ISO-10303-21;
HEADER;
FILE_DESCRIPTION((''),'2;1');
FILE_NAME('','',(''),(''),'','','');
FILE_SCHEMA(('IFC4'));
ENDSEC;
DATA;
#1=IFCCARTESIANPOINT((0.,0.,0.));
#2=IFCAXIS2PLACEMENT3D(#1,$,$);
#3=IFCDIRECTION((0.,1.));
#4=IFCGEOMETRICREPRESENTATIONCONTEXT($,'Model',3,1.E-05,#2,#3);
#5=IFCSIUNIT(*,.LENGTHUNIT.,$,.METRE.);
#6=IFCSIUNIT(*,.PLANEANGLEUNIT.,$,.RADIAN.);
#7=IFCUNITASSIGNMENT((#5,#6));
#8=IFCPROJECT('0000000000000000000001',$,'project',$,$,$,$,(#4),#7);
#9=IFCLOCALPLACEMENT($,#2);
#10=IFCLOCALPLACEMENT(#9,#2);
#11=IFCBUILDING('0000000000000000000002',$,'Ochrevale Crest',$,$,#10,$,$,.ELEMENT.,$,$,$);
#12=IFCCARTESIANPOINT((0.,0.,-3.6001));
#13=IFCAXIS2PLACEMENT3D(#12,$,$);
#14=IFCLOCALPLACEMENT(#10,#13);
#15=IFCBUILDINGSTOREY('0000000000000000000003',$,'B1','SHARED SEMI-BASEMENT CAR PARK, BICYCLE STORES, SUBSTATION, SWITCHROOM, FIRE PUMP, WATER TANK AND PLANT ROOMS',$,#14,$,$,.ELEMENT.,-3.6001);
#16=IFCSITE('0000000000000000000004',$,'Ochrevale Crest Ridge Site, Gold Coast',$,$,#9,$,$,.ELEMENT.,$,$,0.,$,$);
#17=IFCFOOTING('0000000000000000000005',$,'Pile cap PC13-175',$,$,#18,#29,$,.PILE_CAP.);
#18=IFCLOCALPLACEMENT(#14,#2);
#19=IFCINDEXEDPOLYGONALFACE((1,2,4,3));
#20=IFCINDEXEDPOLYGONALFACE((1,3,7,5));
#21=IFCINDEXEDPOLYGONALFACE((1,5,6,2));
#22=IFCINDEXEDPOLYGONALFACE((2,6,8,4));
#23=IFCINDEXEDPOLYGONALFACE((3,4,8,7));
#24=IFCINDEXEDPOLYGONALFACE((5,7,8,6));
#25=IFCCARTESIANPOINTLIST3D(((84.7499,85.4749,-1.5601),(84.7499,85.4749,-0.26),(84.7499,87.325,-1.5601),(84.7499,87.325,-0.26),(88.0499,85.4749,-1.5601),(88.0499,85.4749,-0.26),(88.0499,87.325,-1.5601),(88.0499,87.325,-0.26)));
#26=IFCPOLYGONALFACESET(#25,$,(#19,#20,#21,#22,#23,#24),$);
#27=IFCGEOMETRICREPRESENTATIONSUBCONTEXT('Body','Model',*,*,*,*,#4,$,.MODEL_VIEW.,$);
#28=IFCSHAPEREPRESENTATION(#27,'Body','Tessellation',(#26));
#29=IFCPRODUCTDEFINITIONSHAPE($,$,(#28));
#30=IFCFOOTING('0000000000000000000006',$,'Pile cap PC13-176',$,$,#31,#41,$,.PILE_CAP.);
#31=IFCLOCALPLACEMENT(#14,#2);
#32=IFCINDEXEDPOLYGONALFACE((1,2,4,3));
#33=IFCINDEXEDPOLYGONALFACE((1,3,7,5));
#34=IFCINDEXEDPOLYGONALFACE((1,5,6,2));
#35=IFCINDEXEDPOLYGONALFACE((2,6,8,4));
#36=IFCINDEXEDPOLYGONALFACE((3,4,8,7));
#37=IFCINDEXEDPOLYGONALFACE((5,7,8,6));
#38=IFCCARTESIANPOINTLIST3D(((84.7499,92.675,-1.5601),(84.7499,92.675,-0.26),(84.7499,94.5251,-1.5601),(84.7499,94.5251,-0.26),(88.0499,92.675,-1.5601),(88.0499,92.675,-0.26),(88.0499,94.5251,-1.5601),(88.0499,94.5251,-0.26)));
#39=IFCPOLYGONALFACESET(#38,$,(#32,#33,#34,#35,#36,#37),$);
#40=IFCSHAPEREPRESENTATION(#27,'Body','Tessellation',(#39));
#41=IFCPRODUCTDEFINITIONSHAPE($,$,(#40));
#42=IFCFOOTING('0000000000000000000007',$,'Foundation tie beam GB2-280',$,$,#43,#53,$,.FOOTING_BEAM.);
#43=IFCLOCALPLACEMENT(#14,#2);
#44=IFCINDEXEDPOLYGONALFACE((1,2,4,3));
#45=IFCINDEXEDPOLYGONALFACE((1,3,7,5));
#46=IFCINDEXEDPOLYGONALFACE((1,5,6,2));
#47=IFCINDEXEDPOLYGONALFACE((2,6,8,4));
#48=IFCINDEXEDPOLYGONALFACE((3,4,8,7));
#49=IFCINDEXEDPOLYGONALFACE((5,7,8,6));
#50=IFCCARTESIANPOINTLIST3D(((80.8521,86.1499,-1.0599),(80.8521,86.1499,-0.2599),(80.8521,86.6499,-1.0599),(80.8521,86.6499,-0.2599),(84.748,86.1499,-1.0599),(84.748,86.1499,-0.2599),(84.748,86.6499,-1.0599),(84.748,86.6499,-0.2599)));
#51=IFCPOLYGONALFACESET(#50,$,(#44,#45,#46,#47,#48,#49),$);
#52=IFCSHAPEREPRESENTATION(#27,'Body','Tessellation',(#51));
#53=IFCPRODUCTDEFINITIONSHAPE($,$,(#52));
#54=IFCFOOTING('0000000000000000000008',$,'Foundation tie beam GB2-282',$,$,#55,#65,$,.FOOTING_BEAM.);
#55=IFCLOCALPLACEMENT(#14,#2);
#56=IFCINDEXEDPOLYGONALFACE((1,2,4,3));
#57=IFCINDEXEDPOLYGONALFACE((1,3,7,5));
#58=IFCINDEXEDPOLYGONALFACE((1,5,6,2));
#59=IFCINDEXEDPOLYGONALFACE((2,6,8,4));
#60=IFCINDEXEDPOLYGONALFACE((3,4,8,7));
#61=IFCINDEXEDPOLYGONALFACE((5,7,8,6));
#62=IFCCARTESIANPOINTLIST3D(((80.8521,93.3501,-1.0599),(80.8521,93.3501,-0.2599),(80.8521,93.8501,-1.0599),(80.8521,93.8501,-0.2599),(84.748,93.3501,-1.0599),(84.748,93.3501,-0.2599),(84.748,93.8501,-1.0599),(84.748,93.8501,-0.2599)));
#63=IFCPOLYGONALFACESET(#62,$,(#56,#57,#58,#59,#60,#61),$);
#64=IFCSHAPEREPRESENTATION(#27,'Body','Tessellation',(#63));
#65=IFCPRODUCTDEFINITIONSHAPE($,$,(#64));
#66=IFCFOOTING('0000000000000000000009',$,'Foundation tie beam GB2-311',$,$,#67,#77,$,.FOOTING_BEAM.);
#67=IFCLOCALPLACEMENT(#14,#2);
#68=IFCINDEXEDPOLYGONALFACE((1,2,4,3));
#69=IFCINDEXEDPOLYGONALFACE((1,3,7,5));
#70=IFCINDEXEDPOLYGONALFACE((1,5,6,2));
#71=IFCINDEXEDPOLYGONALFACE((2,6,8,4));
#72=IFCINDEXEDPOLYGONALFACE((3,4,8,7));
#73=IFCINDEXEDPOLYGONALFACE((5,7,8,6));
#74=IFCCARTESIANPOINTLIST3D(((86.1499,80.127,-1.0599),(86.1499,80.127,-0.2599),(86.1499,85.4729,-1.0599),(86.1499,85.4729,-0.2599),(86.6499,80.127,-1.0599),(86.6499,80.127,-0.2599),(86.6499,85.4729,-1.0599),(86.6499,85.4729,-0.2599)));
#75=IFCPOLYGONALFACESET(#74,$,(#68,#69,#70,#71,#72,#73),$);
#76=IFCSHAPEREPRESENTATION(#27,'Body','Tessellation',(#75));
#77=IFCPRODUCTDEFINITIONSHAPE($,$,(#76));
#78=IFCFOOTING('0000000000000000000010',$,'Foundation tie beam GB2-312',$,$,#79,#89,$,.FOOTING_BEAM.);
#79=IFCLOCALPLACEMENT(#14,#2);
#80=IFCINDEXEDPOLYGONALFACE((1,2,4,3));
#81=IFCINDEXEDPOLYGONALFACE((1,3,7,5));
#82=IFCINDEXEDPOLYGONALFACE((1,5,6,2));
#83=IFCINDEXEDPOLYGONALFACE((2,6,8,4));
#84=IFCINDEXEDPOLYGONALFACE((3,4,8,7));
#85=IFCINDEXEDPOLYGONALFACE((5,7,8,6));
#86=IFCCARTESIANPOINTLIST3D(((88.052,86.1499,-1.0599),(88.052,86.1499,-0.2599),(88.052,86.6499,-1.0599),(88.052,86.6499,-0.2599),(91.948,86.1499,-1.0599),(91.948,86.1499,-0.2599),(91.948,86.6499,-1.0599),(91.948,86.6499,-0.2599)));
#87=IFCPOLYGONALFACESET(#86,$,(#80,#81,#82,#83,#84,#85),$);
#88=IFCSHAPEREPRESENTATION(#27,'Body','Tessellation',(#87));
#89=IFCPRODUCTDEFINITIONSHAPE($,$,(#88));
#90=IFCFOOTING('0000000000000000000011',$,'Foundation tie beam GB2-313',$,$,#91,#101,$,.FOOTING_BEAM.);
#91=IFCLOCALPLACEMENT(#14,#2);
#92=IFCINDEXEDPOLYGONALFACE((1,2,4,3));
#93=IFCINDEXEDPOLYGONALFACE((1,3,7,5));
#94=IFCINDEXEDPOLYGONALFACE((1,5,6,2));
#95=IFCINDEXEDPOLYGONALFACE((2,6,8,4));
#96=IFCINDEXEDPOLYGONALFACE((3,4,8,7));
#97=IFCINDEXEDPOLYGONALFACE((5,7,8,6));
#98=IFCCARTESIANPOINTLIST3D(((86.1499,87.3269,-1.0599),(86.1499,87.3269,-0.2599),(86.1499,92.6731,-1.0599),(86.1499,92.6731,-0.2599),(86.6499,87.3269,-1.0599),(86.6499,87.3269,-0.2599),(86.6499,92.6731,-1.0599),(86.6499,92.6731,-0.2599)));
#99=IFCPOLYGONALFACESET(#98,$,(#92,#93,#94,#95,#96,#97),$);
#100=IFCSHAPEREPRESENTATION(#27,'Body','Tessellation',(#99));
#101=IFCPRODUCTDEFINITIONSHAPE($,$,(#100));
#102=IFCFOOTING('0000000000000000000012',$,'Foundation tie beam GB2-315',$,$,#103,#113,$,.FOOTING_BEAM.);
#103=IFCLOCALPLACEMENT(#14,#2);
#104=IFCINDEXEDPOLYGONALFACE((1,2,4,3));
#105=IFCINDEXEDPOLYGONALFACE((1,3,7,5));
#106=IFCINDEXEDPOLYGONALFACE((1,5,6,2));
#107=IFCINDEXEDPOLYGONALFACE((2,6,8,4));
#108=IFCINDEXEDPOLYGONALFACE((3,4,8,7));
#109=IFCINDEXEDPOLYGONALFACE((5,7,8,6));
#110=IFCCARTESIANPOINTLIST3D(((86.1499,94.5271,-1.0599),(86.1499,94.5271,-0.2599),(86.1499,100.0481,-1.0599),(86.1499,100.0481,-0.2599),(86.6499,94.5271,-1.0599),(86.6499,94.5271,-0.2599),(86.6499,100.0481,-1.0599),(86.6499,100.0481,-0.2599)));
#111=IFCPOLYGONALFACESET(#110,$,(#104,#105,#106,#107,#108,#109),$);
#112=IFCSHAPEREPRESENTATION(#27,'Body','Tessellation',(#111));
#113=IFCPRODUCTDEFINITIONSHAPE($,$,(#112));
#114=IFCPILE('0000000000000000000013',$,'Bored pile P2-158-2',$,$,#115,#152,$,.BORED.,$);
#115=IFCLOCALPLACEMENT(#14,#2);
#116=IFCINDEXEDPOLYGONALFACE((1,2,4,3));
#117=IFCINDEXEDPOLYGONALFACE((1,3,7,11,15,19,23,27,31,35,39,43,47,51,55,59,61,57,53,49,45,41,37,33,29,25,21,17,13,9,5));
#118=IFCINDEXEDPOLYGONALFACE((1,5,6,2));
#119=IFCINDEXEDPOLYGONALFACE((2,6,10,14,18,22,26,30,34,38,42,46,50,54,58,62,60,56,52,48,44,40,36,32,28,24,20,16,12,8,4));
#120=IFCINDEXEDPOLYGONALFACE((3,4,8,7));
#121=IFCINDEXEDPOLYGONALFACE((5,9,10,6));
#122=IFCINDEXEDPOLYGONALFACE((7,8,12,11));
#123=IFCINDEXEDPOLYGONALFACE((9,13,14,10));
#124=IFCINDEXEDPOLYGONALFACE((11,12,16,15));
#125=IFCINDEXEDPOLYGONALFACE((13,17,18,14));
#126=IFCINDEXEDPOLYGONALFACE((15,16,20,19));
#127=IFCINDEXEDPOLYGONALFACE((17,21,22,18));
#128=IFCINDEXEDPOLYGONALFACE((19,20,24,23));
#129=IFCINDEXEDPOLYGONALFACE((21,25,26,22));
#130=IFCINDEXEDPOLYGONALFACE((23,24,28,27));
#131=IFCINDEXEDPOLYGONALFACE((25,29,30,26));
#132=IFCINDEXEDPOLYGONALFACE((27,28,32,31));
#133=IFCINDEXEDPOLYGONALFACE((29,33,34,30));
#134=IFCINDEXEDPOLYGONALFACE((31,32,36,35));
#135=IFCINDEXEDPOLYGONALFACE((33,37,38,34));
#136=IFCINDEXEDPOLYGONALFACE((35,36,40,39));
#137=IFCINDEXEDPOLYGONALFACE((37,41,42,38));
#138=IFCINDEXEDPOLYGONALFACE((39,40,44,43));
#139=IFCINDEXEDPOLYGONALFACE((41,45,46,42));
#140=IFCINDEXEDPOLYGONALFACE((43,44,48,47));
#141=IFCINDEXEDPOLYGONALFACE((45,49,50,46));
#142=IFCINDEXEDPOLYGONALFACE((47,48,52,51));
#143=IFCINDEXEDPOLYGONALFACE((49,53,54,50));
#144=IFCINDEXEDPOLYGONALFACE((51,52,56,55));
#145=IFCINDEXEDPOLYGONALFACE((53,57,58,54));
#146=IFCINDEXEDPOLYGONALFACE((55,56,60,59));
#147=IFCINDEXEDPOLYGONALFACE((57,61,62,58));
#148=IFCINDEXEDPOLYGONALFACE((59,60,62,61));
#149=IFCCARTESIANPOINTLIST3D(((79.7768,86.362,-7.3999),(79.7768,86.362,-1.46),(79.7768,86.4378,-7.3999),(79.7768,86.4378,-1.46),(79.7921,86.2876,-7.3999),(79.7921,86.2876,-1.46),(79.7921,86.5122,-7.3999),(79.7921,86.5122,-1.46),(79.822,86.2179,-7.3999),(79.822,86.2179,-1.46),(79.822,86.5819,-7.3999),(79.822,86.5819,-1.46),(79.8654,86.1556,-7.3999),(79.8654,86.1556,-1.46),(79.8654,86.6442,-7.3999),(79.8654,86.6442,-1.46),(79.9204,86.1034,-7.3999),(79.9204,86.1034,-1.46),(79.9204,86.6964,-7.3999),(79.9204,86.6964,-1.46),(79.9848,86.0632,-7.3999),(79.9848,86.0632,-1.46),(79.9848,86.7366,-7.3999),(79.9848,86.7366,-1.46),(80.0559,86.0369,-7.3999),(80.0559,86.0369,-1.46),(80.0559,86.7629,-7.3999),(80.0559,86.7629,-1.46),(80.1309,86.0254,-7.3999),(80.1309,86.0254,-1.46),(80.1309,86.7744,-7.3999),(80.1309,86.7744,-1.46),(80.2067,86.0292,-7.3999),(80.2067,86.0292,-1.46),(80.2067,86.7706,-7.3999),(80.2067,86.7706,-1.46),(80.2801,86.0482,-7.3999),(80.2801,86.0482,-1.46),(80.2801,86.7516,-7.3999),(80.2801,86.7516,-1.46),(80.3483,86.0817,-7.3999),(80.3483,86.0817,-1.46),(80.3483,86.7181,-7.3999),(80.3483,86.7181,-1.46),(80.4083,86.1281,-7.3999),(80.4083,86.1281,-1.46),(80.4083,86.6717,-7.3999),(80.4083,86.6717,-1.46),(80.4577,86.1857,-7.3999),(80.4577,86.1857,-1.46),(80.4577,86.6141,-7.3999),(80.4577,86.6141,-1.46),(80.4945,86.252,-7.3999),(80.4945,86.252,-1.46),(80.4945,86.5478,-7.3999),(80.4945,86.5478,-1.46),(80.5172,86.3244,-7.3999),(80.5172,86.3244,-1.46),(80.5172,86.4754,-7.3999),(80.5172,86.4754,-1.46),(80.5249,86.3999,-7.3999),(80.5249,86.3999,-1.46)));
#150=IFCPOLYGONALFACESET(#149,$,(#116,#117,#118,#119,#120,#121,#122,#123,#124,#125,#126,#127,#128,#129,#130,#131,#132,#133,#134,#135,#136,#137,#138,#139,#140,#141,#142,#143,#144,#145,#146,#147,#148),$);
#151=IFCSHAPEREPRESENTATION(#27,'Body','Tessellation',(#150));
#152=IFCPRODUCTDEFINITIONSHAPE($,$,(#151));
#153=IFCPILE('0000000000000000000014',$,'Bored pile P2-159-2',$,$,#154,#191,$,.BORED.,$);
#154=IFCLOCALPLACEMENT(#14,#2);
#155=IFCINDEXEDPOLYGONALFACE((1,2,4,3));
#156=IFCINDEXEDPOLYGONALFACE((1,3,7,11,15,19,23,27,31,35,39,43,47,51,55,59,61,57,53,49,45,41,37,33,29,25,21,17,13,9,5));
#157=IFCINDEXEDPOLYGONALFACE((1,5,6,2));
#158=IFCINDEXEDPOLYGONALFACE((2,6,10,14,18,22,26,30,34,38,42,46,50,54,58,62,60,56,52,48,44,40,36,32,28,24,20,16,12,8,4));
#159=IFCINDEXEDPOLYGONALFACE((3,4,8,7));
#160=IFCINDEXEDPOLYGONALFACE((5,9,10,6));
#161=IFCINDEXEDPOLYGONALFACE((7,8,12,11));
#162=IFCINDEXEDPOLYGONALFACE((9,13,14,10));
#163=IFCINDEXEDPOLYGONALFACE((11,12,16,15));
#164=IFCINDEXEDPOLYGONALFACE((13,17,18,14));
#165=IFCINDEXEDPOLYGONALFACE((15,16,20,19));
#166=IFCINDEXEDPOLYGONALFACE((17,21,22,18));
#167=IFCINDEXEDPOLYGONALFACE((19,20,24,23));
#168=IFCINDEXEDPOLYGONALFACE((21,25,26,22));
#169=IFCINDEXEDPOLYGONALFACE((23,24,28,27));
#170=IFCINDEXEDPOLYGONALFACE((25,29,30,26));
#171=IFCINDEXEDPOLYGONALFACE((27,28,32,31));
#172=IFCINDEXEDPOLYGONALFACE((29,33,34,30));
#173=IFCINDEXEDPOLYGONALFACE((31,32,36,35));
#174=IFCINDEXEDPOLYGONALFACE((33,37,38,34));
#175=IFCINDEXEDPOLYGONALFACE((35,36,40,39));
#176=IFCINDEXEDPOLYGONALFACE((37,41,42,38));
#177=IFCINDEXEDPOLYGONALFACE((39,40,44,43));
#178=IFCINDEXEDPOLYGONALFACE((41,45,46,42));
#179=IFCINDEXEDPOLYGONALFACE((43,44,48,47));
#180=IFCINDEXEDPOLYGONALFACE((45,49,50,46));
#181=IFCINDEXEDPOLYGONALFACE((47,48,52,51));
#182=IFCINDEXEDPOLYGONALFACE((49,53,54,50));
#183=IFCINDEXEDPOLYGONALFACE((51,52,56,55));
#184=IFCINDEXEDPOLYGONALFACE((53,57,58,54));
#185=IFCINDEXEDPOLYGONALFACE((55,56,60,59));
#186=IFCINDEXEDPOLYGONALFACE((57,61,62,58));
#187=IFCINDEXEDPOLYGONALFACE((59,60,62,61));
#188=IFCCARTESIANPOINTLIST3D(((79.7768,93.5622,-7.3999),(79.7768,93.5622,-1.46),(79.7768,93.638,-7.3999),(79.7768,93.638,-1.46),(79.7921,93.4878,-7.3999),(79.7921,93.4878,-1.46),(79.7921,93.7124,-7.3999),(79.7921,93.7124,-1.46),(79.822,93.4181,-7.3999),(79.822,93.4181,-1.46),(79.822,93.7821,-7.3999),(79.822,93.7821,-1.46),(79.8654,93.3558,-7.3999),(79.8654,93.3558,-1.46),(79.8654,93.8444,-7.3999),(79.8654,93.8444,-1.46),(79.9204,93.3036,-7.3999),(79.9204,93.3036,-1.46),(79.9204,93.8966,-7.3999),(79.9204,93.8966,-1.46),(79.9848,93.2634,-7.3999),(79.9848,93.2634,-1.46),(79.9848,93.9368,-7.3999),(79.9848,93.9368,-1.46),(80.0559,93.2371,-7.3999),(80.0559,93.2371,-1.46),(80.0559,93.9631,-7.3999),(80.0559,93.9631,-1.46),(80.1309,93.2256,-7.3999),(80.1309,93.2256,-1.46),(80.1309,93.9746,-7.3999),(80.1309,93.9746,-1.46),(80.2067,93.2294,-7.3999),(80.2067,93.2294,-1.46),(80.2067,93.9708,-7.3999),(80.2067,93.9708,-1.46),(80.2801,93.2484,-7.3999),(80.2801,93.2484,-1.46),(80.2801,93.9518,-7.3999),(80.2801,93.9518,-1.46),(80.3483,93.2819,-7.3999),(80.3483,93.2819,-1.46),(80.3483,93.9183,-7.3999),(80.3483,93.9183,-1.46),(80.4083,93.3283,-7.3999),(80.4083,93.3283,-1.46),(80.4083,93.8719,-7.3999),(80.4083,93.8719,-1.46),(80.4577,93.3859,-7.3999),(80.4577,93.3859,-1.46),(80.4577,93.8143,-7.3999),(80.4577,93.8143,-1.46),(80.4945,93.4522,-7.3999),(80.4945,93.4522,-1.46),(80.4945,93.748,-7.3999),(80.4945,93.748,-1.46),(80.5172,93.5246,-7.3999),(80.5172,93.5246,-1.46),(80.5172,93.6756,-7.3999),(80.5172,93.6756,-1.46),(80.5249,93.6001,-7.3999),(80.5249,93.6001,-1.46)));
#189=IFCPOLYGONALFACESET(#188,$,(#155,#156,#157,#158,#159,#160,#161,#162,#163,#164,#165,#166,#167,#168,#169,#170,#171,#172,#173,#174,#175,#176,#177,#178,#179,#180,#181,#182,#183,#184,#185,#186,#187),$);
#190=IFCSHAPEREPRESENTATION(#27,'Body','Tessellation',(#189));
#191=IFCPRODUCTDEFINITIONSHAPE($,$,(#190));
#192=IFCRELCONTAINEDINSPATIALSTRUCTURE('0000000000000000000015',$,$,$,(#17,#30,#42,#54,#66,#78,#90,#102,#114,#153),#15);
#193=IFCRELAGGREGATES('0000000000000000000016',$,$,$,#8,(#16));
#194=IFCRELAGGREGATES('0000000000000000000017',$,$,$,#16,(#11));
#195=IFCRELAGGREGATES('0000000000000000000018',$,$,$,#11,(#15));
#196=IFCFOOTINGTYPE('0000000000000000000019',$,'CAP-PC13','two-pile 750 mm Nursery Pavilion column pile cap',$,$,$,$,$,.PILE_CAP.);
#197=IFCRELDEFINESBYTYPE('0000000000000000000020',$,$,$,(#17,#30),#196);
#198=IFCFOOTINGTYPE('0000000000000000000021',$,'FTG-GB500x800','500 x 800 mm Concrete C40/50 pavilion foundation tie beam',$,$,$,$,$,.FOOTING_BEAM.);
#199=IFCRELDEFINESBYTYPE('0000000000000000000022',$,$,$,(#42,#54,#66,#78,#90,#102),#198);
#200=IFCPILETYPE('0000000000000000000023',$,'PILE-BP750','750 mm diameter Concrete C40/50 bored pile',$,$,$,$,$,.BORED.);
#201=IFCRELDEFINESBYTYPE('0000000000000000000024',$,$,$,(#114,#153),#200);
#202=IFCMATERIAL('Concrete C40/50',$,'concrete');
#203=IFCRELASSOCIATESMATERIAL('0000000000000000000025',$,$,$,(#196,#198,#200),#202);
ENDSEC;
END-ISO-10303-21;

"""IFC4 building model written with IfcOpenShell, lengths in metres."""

from ifc_helpers import new_model, si_unit, direction, frame, origin, origin_2d, place, context, subcontext, project, spatial, rectangle, circle, extrude, material, material_profile, profile_set, type_object, element, save


model = new_model("IFC4")

# Units and contexts
model_context = context("Model", 3, precision=1e-05, world=origin(), true_north=direction((0.0, 1.0)))
body_context = subcontext(model_context, "Body", "Model", "MODEL_VIEW")
ifc_project = project(units=[si_unit("LENGTHUNIT", "METRE"), si_unit("PLANEANGLEUNIT", "RADIAN")], contexts=[model_context])

# Site, building, storey
site_placement = place(None, origin())
site = spatial("IfcSite", under=ifc_project, at=site_placement, Name="Ochrevale Crest Ridge Site, Gold Coast", CompositionType="ELEMENT", RefElevation=0.0)
building_placement = place(site_placement, origin())
building = spatial("IfcBuilding", under=site, at=building_placement, Name="Ochrevale Crest", CompositionType="ELEMENT")
storey_placement = place(building_placement, frame((0.0, 0.0, -3.6001)))
storey = spatial("IfcBuildingStorey", under=building, at=storey_placement, Name="B1", Description="SHARED SEMI-BASEMENT CAR PARK, BICYCLE STORES, SUBSTATION, SWITCHROOM, FIRE PUMP, WATER TANK AND PLANT ROOMS", CompositionType="ELEMENT", Elevation=-3.6001)

# Footings
ifc_material_1 = material(Name="Concrete C40/50", Category="concrete")
footing_type_1 = type_object("IfcFootingType", Name="CAP-PC13", Description="two-pile 750 mm Nursery Pavilion column pile cap", PredefinedType="PILE_CAP", material=ifc_material_1)
for number, where, z_axis, x_axis, name in (
    (1, (86.3999, 86.3999, -1.5601), (0.0, 0.0, 1.0), (1.0, 0.0, 0.0), "Pile cap PC13-175"),
    (2, (86.3999, 93.6001, -1.5601), (0.0, 0.0, 1.0), (1.0, 0.0, 0.0), "Pile cap PC13-176"),
):
    element("IfcFooting", number, at=place(storey_placement, frame(where, z_axis=z_axis, x_axis=x_axis)), inside=storey, type_object=footing_type_1, Name=name, PredefinedType="PILE_CAP", context=body_context, shape_type="SweptSolid", body=[
        extrude(rectangle(XDim=3.3, YDim=1.8501, at=origin_2d()), origin(), (0.0, 0.0, 1.0), 1.3),
    ])
ifc_material_profile_1 = material_profile(ifc_material_1, rectangle(XDim=0.5, YDim=0.8, at=origin_2d()), Name="GB 500x800")
ifc_profile_set_1 = profile_set([ifc_material_profile_1], Name="Concrete C40/50")
footing_type_2 = type_object("IfcFootingType", Name="FTG-GB500x800", Description="500 x 800 mm Concrete C40/50 pavilion foundation tie beam", PredefinedType="FOOTING_BEAM", material=ifc_profile_set_1)
for number, where, z_axis, x_axis, name in (
    (3, (80.8521, 86.3999, -0.6599), (1.0, 0.0, 0.0), (0.0, 1.0, 0.0), "Foundation tie beam GB2-280"),
    (4, (80.8521, 93.6001, -0.6599), (1.0, 0.0, 0.0), (0.0, 1.0, 0.0), "Foundation tie beam GB2-282"),
):
    element("IfcFooting", number, at=place(storey_placement, frame(where, z_axis=z_axis, x_axis=x_axis)), inside=storey, type_object=footing_type_2, Name=name, PredefinedType="FOOTING_BEAM", context=body_context, shape_type="SweptSolid", body=[
        extrude(rectangle(XDim=0.5, YDim=0.8, at=origin_2d()), origin(), (0.0, 0.0, 1.0), 3.896),
    ])
footing_1_placement = place(storey_placement, frame((86.3999, 80.127, -0.6599), z_axis=(0.0, 1.0, 0.0), x_axis=(-1.0, 0.0, 0.0)))
element("IfcFooting", 5, at=footing_1_placement, inside=storey, type_object=footing_type_2, Name="Foundation tie beam GB2-311", PredefinedType="FOOTING_BEAM", context=body_context, shape_type="SweptSolid", body=[
    extrude(rectangle(XDim=0.5, YDim=0.8, at=origin_2d()), origin(), (0.0, 0.0, 1.0), 5.3459),
])
footing_2_placement = place(storey_placement, frame((88.052, 86.3999, -0.6599), z_axis=(1.0, 0.0, 0.0), x_axis=(0.0, 1.0, 0.0)))
element("IfcFooting", 6, at=footing_2_placement, inside=storey, type_object=footing_type_2, Name="Foundation tie beam GB2-312", PredefinedType="FOOTING_BEAM", context=body_context, shape_type="SweptSolid", body=[
    extrude(rectangle(XDim=0.5, YDim=0.8, at=origin_2d()), origin(), (0.0, 0.0, 1.0), 3.896),
])
footing_3_placement = place(storey_placement, frame((86.3999, 87.3269, -0.6599), z_axis=(0.0, 1.0, 0.0), x_axis=(-1.0, 0.0, 0.0)))
element("IfcFooting", 7, at=footing_3_placement, inside=storey, type_object=footing_type_2, Name="Foundation tie beam GB2-313", PredefinedType="FOOTING_BEAM", context=body_context, shape_type="SweptSolid", body=[
    extrude(rectangle(XDim=0.5, YDim=0.8, at=origin_2d()), origin(), (0.0, 0.0, 1.0), 5.3462),
])
footing_4_placement = place(storey_placement, frame((86.3999, 94.5271, -0.6599), z_axis=(0.0, 1.0, 0.0), x_axis=(-1.0, 0.0, 0.0)))
element("IfcFooting", 8, at=footing_4_placement, inside=storey, type_object=footing_type_2, Name="Foundation tie beam GB2-315", PredefinedType="FOOTING_BEAM", context=body_context, shape_type="SweptSolid", body=[
    extrude(rectangle(XDim=0.5, YDim=0.8, at=origin_2d()), origin(), (0.0, 0.0, 1.0), 5.521),
])

# Piles
ifc_material_profile_2 = material_profile(ifc_material_1, circle(Radius=0.375, at=origin_2d()), Name="BORED PILE 750")
ifc_profile_set_2 = profile_set([ifc_material_profile_2], Name="Concrete C40/50")
pile_type = type_object("IfcPileType", Name="PILE-BP750", Description="750 mm diameter Concrete C40/50 bored pile", PredefinedType="BORED", material=ifc_profile_set_2)
for number, where, z_axis, x_axis, name in (
    (9, (80.1499, 86.3999, -1.46), (0.0, 0.0, -1.0), (1.0, 0.0, 0.0), "Bored pile P2-158-2"),
    (10, (80.1499, 93.6001, -1.46), (0.0, 0.0, -1.0), (1.0, 0.0, 0.0), "Bored pile P2-159-2"),
):
    element("IfcPile", number, at=place(storey_placement, frame(where, z_axis=z_axis, x_axis=x_axis)), inside=storey, type_object=pile_type, Name=name, PredefinedType="BORED", context=body_context, shape_type="SweptSolid", body=[
        extrude(circle(Radius=0.375, at=origin_2d()), origin(), (0.0, 0.0, 1.0), 5.9399),
    ])

save(model, "model.ifc")
